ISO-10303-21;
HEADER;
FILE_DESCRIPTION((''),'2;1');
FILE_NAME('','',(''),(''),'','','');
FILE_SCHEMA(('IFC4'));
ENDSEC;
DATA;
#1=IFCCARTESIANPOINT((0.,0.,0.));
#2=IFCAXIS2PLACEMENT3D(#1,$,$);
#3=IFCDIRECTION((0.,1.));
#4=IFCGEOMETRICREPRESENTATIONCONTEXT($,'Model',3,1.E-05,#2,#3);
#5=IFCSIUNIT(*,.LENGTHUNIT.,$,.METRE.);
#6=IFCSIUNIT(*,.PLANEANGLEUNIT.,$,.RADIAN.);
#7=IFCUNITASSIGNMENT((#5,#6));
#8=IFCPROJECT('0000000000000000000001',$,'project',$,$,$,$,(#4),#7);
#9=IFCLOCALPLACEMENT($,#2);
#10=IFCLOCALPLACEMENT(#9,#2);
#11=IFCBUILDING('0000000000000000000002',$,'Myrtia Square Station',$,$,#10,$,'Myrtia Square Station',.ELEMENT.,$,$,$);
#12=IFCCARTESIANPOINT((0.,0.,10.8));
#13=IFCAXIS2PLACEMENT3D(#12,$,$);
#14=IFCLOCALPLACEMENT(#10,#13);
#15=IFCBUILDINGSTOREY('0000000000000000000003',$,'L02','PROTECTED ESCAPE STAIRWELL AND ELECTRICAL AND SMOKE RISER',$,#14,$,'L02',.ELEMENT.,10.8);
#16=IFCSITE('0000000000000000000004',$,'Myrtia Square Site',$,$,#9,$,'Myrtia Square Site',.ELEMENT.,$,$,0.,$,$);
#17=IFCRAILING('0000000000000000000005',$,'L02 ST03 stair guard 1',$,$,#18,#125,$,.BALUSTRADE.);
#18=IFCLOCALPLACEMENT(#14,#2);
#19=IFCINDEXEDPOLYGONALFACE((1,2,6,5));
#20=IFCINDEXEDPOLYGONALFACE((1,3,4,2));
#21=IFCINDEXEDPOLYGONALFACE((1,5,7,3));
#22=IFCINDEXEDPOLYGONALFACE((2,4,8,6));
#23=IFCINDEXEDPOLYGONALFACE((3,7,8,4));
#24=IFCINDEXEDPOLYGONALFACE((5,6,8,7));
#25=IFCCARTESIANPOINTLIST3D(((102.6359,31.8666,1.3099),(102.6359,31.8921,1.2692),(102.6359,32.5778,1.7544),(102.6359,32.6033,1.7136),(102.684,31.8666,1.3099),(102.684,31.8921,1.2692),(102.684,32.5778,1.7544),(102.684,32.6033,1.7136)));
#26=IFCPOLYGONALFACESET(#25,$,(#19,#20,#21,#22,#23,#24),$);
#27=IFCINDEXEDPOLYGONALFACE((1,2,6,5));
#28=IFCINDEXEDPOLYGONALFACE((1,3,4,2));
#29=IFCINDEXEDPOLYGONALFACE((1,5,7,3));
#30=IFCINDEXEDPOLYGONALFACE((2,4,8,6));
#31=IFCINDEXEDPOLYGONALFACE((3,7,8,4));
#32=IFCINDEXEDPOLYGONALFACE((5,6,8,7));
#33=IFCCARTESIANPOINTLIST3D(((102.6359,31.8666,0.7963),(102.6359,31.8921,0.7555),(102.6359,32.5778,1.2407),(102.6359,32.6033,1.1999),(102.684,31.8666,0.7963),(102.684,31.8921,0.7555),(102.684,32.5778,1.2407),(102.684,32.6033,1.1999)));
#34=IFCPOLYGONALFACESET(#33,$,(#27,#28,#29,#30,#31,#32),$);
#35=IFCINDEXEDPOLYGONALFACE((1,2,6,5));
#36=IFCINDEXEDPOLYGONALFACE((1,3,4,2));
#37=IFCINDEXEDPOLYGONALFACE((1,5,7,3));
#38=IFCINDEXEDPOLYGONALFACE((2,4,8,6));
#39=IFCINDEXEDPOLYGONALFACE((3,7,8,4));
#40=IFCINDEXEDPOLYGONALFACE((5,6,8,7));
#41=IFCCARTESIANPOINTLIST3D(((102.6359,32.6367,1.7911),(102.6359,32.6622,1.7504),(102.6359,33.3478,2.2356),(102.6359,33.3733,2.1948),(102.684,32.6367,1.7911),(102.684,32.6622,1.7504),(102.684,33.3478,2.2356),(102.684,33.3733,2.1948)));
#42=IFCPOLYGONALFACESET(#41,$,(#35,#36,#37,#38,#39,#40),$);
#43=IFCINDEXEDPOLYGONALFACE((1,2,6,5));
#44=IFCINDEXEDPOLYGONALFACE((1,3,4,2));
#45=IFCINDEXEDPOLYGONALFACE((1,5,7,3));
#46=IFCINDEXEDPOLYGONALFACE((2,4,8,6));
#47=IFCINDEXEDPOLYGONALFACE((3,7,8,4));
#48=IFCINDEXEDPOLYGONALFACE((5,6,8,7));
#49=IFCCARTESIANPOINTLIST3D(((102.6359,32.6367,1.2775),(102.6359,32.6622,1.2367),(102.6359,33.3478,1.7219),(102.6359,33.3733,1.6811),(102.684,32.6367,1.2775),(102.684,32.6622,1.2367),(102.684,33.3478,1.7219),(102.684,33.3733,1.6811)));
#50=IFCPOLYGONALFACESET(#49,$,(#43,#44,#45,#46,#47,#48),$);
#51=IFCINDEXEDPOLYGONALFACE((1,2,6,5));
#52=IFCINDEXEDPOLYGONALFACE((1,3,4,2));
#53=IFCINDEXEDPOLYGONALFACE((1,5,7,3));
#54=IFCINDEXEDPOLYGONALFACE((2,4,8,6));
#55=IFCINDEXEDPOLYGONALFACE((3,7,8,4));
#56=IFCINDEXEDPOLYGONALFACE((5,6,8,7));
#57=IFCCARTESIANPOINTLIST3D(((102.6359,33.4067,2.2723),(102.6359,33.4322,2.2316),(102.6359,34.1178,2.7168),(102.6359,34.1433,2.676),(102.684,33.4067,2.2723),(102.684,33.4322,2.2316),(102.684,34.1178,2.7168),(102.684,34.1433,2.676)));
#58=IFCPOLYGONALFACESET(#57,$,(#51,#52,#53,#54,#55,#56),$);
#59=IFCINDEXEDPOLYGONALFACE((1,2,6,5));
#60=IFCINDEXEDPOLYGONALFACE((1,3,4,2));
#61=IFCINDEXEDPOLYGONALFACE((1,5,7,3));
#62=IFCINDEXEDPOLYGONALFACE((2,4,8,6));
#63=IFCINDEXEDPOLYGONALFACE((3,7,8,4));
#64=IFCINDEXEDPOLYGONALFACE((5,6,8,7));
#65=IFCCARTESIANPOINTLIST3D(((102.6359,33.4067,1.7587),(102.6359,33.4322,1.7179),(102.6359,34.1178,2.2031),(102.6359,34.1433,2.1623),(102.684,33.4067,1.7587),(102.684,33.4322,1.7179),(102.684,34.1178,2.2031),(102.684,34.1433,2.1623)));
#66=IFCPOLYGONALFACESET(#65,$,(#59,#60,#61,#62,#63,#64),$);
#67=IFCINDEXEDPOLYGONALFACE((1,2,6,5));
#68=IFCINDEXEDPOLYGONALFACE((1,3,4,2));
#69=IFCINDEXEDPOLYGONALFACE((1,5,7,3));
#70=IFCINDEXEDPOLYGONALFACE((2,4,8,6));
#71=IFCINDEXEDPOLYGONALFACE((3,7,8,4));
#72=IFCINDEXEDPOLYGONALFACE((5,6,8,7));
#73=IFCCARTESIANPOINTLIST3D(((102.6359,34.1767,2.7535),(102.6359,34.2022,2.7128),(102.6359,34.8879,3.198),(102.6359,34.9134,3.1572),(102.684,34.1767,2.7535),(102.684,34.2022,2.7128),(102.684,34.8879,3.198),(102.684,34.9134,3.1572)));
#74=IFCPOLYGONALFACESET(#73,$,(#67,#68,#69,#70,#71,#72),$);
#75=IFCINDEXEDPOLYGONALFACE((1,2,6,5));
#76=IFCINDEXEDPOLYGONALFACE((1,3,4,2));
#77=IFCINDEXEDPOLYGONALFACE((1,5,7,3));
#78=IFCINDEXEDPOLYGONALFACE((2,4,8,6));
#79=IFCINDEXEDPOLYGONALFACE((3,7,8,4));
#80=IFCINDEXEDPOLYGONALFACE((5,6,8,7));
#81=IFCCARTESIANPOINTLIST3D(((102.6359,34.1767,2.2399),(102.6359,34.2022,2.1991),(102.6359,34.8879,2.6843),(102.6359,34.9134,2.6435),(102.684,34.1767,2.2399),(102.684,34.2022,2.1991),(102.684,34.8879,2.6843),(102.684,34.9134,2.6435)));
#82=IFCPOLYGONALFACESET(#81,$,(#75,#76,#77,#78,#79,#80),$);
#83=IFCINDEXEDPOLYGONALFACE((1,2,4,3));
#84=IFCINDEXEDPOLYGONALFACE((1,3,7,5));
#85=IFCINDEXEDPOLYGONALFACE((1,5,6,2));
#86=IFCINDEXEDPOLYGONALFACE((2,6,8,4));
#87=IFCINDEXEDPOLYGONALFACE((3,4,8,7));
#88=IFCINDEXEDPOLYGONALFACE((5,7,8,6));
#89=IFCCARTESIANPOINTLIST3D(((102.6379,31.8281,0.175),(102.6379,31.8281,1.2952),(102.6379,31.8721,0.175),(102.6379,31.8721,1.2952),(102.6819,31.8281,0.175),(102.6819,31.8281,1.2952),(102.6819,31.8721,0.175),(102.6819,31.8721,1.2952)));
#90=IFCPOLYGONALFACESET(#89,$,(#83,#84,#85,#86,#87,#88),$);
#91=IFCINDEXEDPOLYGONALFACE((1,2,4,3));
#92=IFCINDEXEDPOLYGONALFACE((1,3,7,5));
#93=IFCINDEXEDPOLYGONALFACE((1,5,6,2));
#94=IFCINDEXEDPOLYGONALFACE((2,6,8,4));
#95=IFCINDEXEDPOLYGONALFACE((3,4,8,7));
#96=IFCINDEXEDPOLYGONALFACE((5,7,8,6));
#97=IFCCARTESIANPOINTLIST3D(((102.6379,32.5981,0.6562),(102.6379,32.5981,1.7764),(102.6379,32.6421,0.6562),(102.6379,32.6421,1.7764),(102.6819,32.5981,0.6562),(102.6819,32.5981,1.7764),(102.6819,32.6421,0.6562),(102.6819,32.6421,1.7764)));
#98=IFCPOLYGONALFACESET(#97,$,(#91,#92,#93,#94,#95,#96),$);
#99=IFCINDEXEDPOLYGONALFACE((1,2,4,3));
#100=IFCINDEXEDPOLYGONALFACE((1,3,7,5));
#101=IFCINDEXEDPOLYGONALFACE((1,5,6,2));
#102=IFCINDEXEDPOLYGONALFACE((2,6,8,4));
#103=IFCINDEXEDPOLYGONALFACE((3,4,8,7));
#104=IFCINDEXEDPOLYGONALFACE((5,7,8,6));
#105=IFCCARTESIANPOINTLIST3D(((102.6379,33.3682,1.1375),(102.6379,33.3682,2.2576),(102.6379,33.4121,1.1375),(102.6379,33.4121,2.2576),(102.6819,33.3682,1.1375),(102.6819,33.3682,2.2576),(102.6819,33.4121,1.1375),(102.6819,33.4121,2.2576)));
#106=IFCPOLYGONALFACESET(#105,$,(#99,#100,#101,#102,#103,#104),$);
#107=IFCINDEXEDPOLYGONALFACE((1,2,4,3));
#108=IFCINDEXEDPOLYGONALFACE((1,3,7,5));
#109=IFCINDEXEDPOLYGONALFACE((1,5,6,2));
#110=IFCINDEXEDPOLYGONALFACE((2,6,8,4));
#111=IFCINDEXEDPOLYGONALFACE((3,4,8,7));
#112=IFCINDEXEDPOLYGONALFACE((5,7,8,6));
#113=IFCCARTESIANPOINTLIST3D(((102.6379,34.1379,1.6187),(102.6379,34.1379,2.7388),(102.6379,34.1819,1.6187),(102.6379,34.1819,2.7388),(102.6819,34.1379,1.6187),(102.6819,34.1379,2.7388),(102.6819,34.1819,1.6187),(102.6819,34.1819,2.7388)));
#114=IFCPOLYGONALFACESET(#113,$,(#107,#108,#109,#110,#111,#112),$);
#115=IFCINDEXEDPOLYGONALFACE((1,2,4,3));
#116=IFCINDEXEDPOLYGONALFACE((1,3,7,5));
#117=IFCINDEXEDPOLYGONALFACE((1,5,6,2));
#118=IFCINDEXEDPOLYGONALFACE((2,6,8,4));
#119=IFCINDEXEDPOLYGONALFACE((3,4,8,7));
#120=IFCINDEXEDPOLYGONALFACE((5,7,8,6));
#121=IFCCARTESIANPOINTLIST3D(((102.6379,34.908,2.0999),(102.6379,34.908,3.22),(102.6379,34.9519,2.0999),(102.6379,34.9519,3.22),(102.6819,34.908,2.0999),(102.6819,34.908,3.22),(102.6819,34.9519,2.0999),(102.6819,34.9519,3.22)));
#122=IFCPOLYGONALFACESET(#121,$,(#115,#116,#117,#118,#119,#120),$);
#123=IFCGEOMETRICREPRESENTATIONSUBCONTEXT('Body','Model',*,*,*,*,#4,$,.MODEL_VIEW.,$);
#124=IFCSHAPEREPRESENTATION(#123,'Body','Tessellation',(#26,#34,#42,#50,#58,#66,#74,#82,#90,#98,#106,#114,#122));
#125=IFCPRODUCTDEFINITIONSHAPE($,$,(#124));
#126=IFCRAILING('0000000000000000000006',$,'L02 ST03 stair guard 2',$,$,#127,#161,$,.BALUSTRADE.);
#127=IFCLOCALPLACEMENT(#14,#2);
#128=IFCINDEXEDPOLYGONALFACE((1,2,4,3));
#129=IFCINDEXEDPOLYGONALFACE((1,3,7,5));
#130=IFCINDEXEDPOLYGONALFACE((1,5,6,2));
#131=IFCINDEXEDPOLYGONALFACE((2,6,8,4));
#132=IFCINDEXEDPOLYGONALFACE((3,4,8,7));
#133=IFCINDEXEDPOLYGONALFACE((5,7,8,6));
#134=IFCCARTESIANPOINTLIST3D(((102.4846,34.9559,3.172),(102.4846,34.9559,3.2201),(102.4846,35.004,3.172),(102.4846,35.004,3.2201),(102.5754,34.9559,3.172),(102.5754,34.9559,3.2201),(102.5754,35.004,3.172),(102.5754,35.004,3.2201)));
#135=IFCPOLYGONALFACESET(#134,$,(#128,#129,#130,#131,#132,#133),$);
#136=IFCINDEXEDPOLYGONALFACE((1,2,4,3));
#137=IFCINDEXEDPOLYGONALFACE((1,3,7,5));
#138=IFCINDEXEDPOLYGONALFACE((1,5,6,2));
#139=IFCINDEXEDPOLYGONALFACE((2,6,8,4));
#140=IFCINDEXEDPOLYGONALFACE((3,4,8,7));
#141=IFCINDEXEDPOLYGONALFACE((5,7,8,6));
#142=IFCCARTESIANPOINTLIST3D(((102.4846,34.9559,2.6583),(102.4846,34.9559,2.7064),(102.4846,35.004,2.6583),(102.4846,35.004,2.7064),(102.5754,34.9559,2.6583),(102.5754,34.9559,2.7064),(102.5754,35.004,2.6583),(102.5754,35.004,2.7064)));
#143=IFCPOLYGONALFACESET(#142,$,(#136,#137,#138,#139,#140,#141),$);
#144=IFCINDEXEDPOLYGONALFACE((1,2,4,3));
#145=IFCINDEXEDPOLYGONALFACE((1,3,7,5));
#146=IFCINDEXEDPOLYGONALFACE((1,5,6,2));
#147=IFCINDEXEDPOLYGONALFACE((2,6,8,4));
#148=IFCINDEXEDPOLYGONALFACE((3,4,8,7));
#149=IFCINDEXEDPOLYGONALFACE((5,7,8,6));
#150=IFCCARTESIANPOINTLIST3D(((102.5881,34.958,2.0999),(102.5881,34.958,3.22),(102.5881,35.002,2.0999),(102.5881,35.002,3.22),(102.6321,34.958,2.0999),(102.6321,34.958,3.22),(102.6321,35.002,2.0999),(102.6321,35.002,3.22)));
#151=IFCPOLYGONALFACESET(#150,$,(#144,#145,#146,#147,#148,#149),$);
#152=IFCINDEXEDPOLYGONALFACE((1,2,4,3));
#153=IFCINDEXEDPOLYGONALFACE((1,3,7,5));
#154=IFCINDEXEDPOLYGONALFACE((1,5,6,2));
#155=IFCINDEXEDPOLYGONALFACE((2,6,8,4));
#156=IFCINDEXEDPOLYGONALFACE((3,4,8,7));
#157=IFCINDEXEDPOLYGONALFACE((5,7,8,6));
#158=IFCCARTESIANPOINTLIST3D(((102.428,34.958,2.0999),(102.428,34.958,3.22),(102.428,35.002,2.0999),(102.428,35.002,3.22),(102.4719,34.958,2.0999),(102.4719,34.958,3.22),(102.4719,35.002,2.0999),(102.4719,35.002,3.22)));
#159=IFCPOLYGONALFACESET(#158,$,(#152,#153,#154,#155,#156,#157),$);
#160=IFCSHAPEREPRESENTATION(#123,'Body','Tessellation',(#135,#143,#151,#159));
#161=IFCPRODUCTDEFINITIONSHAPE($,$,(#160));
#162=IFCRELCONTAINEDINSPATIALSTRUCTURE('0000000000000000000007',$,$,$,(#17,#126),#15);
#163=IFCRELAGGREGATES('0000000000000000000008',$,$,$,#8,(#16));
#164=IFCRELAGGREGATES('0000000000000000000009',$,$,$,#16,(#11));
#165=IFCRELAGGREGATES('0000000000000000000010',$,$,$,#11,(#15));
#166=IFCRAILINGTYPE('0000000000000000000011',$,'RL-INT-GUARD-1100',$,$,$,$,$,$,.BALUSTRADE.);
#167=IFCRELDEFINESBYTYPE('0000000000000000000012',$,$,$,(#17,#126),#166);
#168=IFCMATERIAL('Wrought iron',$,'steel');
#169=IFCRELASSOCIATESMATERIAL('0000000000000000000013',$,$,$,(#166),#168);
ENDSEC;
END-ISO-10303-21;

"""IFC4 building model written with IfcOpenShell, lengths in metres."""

from ifc_helpers import new_model, si_unit, direction, frame, origin, origin_2d, place, context, subcontext, project, spatial, rectangle, extrude, material, type_object, element, save


model = new_model("IFC4")

# Units and contexts
model_context = context("Model", 3, precision=1e-05, world=origin(), true_north=direction((0.0, 1.0)))
body_context = subcontext(model_context, "Body", "Model", "MODEL_VIEW")
ifc_project = project(units=[si_unit("LENGTHUNIT", "METRE"), si_unit("PLANEANGLEUNIT", "RADIAN")], contexts=[model_context])

# Site, building, storey
site_placement = place(None, origin())
site = spatial("IfcSite", under=ifc_project, at=site_placement, Name="Myrtia Square Site", LongName="Myrtia Square Site", CompositionType="ELEMENT", RefElevation=0.0)
building_placement = place(site_placement, origin())
building = spatial("IfcBuilding", under=site, at=building_placement, Name="Myrtia Square Station", LongName="Myrtia Square Station", CompositionType="ELEMENT")
storey_placement = place(building_placement, frame((0.0, 0.0, 10.8)))
storey = spatial("IfcBuildingStorey", under=building, at=storey_placement, Name="L02", Description="PROTECTED ESCAPE STAIRWELL AND ELECTRICAL AND SMOKE RISER", LongName="L02", CompositionType="ELEMENT", Elevation=10.8)

# Railings
ifc_material_1 = material(Name="Wrought iron", Category="steel")
railing_type_1 = type_object("IfcRailingType", Name="RL-INT-GUARD-1100", PredefinedType="BALUSTRADE", material=ifc_material_1)
railing_1_placement = place(storey_placement, frame((102.6599, 31.8501, 0.175)))
element("IfcRailing", 1, at=railing_1_placement, inside=storey, type_object=railing_type_1, Name="L02 ST03 stair guard 1", PredefinedType="BALUSTRADE", context=body_context, shape_type="SweptSolid", body=[
    extrude(rectangle(XDim=0.0481, YDim=0.0481, at=origin_2d()), frame((0.0, 0.0293, 1.1145), z_axis=(0.0, 0.84801, 0.529981), x_axis=(-1.0, 0.0, 0.0)), (0.0, 0.0, 1.0), 0.8386),
    extrude(rectangle(XDim=0.0481, YDim=0.0481, at=origin_2d()), frame((0.0, 0.0293, 0.6008), z_axis=(0.0, 0.84801, 0.529981), x_axis=(-1.0, 0.0, 0.0)), (0.0, 0.0, 1.0), 0.8386),
    extrude(rectangle(XDim=0.0481, YDim=0.0481, at=origin_2d()), frame((0.0, 0.7993, 1.5957), z_axis=(0.0, 0.84801, 0.529981), x_axis=(-1.0, 0.0, 0.0)), (0.0, 0.0, 1.0), 0.8386),
    extrude(rectangle(XDim=0.0481, YDim=0.0481, at=origin_2d()), frame((0.0, 0.7993, 1.082), z_axis=(0.0, 0.84801, 0.529981), x_axis=(-1.0, 0.0, 0.0)), (0.0, 0.0, 1.0), 0.8386),
    extrude(rectangle(XDim=0.0481, YDim=0.0481, at=origin_2d()), frame((0.0, 1.5693, 2.0769), z_axis=(0.0, 0.84801, 0.529981), x_axis=(-1.0, 0.0, 0.0)), (0.0, 0.0, 1.0), 0.8386),
    extrude(rectangle(XDim=0.0481, YDim=0.0481, at=origin_2d()), frame((0.0, 1.5693, 1.5632), z_axis=(0.0, 0.84801, 0.529981), x_axis=(-1.0, 0.0, 0.0)), (0.0, 0.0, 1.0), 0.8386),
    extrude(rectangle(XDim=0.0481, YDim=0.0481, at=origin_2d()), frame((0.0, 2.3394, 2.5581), z_axis=(0.0, 0.84801, 0.529981), x_axis=(-1.0, 0.0, 0.0)), (0.0, 0.0, 1.0), 0.8386),
    extrude(rectangle(XDim=0.0481, YDim=0.0481, at=origin_2d()), frame((0.0, 2.3394, 2.0444), z_axis=(0.0, 0.84801, 0.529981), x_axis=(-1.0, 0.0, 0.0)), (0.0, 0.0, 1.0), 0.8386),
    extrude(rectangle(XDim=0.0439, YDim=0.0439, at=origin_2d()), origin(), (0.0, 0.0, 1.0), 1.1201),
    extrude(rectangle(XDim=0.0439, YDim=0.0439, at=origin_2d()), frame((0.0, 0.77, 0.4812)), (0.0, 0.0, 1.0), 1.1201),
    extrude(rectangle(XDim=0.0439, YDim=0.0439, at=origin_2d()), frame((0.0, 1.54, 0.9624)), (0.0, 0.0, 1.0), 1.1201),
    extrude(rectangle(XDim=0.0439, YDim=0.0439, at=origin_2d()), frame((0.0, 2.3098, 1.4436)), (0.0, 0.0, 1.0), 1.1201),
    extrude(rectangle(XDim=0.0439, YDim=0.0439, at=origin_2d()), frame((0.0, 3.0798, 1.9248)), (0.0, 0.0, 1.0), 1.1201),
])
railing_2_placement = place(storey_placement, frame((102.6101, 34.98, 2.0999)))
element("IfcRailing", 2, at=railing_2_placement, inside=storey, type_object=railing_type_1, Name="L02 ST03 stair guard 2", PredefinedType="BALUSTRADE", context=body_context, shape_type="SweptSolid", body=[
    extrude(rectangle(XDim=0.0481, YDim=0.0481, at=origin_2d()), frame((-0.0347, 0.0, 1.0962), z_axis=(-1.0, 0.0, 0.0), x_axis=(0.0, -1.0, 0.0)), (0.0, 0.0, 1.0), 0.0908),
    extrude(rectangle(XDim=0.0481, YDim=0.0481, at=origin_2d()), frame((-0.0347, 0.0, 0.5825), z_axis=(-1.0, 0.0, 0.0), x_axis=(0.0, -1.0, 0.0)), (0.0, 0.0, 1.0), 0.0908),
    extrude(rectangle(XDim=0.0439, YDim=0.0439, at=origin_2d()), origin(), (0.0, 0.0, 1.0), 1.1201),
    extrude(rectangle(XDim=0.0439, YDim=0.0439, at=origin_2d()), frame((-0.1602, 0.0, 0.0)), (0.0, 0.0, 1.0), 1.1201),
])

save(model, "model.ifc")
